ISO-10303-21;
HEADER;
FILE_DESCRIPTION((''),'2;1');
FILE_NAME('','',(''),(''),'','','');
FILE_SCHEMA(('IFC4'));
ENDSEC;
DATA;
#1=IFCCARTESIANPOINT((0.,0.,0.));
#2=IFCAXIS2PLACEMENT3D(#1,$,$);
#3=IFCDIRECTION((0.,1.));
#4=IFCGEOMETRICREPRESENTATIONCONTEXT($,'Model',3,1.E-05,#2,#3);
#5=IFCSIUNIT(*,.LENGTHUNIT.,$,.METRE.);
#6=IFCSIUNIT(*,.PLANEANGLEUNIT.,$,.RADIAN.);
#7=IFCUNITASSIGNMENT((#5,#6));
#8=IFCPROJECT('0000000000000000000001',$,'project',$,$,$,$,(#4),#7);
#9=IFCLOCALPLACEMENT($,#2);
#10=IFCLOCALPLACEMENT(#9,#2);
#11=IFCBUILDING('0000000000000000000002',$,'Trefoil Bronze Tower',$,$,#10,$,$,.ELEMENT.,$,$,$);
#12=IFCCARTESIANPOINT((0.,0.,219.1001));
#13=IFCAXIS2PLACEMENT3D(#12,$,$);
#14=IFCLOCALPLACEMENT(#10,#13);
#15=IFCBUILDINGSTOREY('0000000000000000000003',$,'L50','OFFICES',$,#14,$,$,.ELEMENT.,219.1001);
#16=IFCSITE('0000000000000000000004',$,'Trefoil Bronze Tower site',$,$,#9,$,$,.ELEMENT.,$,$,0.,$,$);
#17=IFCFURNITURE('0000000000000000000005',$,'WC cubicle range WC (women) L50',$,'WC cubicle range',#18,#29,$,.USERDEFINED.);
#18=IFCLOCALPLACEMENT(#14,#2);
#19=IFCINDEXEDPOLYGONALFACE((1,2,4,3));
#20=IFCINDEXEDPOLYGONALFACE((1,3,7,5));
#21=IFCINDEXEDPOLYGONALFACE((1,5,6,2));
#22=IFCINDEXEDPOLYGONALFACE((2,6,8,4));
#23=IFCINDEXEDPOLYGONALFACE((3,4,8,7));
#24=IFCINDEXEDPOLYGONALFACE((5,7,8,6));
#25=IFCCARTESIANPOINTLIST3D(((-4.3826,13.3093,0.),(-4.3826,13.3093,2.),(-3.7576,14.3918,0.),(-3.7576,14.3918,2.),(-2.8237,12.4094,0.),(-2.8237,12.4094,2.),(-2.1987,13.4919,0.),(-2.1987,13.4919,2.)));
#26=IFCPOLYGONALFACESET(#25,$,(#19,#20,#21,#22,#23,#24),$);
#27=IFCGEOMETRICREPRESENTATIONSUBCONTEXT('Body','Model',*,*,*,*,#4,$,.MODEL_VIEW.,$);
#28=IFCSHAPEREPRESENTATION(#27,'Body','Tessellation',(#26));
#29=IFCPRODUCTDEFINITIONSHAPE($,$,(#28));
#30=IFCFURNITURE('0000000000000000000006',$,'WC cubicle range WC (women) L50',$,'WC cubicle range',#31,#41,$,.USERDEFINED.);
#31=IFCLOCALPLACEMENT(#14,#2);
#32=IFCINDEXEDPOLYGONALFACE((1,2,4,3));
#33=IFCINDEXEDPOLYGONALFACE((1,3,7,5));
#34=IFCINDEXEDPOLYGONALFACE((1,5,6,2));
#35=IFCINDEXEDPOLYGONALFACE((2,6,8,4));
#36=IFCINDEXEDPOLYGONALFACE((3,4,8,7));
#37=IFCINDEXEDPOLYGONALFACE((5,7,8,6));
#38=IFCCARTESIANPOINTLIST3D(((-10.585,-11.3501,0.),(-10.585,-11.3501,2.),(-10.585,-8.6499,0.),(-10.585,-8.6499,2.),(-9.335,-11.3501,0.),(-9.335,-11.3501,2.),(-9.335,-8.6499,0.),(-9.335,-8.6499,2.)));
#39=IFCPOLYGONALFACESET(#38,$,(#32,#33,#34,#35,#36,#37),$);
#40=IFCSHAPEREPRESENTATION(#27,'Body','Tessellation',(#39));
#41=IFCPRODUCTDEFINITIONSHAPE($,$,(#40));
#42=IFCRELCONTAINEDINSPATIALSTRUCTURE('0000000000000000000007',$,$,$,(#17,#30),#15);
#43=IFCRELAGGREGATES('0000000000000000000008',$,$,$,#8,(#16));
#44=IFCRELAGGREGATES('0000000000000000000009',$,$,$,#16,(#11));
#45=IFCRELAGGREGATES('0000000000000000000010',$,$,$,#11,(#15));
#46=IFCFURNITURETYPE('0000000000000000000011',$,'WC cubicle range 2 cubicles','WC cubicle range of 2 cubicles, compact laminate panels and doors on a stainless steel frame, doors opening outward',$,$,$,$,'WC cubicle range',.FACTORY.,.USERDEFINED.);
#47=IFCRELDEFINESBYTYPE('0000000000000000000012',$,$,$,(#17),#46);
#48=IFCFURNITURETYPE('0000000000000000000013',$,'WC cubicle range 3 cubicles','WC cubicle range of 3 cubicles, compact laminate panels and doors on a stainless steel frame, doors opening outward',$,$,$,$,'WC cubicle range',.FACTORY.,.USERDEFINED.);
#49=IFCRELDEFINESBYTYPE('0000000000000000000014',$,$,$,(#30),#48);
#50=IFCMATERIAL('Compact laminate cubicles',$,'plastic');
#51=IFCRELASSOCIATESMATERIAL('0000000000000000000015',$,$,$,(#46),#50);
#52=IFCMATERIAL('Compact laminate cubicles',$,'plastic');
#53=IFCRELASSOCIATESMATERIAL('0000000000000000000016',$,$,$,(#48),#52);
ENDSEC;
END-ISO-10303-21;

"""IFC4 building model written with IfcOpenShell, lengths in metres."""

from ifc_helpers import new_model, si_unit, direction, frame, origin, place, context, subcontext, project, spatial, polyline, outline, extrude, material, type_object, element, save


model = new_model("IFC4")

# Units and contexts
model_context = context("Model", 3, precision=1e-05, world=origin(), true_north=direction((0.0, 1.0)))
body_context = subcontext(model_context, "Body", "Model", "MODEL_VIEW")
ifc_project = project(units=[si_unit("LENGTHUNIT", "METRE"), si_unit("PLANEANGLEUNIT", "RADIAN")], contexts=[model_context])

# Site, building, storey
site_placement = place(None, origin())
site = spatial("IfcSite", under=ifc_project, at=site_placement, Name="Trefoil Bronze Tower site", CompositionType="ELEMENT", RefElevation=0.0)
building_placement = place(site_placement, origin())
building = spatial("IfcBuilding", under=site, at=building_placement, Name="Trefoil Bronze Tower", CompositionType="ELEMENT")
storey_placement = place(building_placement, frame((0.0, 0.0, 219.1001)))
storey = spatial("IfcBuildingStorey", under=building, at=storey_placement, Name="L50", Description="OFFICES", CompositionType="ELEMENT", Elevation=219.1001)

# Furniture
ifc_material_1 = material(Name="Compact laminate cubicles", Category="plastic")
furniture_type_1 = type_object("IfcFurnitureType", Name="WC cubicle range 2 cubicles", Description="WC cubicle range of 2 cubicles, compact laminate panels and doors on a stainless steel frame, doors opening outward", ElementType="WC cubicle range", AssemblyPlace="FACTORY", PredefinedType="USERDEFINED", material=ifc_material_1)
furniture_1_placement = place(storey_placement, origin())
element("IfcFurniture", 1, at=furniture_1_placement, inside=storey, type_object=furniture_type_1, Name="WC cubicle range WC (women) L50", ObjectType="WC cubicle range", PredefinedType="USERDEFINED", context=body_context, shape_type="SweptSolid", body=[
    extrude(outline(polyline([(-2.8237, 12.4094), (-2.1987, 13.4919), (-3.7576, 14.3918), (-4.3826, 13.3093), (-2.8237, 12.4094)])), origin(), (0.0, 0.0, 1.0), 2.0),
])
ifc_material_2 = material(Name="Compact laminate cubicles", Category="plastic")
furniture_type_2 = type_object("IfcFurnitureType", Name="WC cubicle range 3 cubicles", Description="WC cubicle range of 3 cubicles, compact laminate panels and doors on a stainless steel frame, doors opening outward", ElementType="WC cubicle range", AssemblyPlace="FACTORY", PredefinedType="USERDEFINED", material=ifc_material_2)
furniture_2_placement = place(storey_placement, origin())
element("IfcFurniture", 2, at=furniture_2_placement, inside=storey, type_object=furniture_type_2, Name="WC cubicle range WC (women) L50", ObjectType="WC cubicle range", PredefinedType="USERDEFINED", context=body_context, shape_type="SweptSolid", body=[
    extrude(outline(polyline([(-9.335, -8.6499), (-10.585, -8.6499), (-10.585, -11.3501), (-9.335, -11.3501), (-9.335, -8.6499)])), origin(), (0.0, 0.0, 1.0), 2.0),
])

save(model, "model.ifc")
